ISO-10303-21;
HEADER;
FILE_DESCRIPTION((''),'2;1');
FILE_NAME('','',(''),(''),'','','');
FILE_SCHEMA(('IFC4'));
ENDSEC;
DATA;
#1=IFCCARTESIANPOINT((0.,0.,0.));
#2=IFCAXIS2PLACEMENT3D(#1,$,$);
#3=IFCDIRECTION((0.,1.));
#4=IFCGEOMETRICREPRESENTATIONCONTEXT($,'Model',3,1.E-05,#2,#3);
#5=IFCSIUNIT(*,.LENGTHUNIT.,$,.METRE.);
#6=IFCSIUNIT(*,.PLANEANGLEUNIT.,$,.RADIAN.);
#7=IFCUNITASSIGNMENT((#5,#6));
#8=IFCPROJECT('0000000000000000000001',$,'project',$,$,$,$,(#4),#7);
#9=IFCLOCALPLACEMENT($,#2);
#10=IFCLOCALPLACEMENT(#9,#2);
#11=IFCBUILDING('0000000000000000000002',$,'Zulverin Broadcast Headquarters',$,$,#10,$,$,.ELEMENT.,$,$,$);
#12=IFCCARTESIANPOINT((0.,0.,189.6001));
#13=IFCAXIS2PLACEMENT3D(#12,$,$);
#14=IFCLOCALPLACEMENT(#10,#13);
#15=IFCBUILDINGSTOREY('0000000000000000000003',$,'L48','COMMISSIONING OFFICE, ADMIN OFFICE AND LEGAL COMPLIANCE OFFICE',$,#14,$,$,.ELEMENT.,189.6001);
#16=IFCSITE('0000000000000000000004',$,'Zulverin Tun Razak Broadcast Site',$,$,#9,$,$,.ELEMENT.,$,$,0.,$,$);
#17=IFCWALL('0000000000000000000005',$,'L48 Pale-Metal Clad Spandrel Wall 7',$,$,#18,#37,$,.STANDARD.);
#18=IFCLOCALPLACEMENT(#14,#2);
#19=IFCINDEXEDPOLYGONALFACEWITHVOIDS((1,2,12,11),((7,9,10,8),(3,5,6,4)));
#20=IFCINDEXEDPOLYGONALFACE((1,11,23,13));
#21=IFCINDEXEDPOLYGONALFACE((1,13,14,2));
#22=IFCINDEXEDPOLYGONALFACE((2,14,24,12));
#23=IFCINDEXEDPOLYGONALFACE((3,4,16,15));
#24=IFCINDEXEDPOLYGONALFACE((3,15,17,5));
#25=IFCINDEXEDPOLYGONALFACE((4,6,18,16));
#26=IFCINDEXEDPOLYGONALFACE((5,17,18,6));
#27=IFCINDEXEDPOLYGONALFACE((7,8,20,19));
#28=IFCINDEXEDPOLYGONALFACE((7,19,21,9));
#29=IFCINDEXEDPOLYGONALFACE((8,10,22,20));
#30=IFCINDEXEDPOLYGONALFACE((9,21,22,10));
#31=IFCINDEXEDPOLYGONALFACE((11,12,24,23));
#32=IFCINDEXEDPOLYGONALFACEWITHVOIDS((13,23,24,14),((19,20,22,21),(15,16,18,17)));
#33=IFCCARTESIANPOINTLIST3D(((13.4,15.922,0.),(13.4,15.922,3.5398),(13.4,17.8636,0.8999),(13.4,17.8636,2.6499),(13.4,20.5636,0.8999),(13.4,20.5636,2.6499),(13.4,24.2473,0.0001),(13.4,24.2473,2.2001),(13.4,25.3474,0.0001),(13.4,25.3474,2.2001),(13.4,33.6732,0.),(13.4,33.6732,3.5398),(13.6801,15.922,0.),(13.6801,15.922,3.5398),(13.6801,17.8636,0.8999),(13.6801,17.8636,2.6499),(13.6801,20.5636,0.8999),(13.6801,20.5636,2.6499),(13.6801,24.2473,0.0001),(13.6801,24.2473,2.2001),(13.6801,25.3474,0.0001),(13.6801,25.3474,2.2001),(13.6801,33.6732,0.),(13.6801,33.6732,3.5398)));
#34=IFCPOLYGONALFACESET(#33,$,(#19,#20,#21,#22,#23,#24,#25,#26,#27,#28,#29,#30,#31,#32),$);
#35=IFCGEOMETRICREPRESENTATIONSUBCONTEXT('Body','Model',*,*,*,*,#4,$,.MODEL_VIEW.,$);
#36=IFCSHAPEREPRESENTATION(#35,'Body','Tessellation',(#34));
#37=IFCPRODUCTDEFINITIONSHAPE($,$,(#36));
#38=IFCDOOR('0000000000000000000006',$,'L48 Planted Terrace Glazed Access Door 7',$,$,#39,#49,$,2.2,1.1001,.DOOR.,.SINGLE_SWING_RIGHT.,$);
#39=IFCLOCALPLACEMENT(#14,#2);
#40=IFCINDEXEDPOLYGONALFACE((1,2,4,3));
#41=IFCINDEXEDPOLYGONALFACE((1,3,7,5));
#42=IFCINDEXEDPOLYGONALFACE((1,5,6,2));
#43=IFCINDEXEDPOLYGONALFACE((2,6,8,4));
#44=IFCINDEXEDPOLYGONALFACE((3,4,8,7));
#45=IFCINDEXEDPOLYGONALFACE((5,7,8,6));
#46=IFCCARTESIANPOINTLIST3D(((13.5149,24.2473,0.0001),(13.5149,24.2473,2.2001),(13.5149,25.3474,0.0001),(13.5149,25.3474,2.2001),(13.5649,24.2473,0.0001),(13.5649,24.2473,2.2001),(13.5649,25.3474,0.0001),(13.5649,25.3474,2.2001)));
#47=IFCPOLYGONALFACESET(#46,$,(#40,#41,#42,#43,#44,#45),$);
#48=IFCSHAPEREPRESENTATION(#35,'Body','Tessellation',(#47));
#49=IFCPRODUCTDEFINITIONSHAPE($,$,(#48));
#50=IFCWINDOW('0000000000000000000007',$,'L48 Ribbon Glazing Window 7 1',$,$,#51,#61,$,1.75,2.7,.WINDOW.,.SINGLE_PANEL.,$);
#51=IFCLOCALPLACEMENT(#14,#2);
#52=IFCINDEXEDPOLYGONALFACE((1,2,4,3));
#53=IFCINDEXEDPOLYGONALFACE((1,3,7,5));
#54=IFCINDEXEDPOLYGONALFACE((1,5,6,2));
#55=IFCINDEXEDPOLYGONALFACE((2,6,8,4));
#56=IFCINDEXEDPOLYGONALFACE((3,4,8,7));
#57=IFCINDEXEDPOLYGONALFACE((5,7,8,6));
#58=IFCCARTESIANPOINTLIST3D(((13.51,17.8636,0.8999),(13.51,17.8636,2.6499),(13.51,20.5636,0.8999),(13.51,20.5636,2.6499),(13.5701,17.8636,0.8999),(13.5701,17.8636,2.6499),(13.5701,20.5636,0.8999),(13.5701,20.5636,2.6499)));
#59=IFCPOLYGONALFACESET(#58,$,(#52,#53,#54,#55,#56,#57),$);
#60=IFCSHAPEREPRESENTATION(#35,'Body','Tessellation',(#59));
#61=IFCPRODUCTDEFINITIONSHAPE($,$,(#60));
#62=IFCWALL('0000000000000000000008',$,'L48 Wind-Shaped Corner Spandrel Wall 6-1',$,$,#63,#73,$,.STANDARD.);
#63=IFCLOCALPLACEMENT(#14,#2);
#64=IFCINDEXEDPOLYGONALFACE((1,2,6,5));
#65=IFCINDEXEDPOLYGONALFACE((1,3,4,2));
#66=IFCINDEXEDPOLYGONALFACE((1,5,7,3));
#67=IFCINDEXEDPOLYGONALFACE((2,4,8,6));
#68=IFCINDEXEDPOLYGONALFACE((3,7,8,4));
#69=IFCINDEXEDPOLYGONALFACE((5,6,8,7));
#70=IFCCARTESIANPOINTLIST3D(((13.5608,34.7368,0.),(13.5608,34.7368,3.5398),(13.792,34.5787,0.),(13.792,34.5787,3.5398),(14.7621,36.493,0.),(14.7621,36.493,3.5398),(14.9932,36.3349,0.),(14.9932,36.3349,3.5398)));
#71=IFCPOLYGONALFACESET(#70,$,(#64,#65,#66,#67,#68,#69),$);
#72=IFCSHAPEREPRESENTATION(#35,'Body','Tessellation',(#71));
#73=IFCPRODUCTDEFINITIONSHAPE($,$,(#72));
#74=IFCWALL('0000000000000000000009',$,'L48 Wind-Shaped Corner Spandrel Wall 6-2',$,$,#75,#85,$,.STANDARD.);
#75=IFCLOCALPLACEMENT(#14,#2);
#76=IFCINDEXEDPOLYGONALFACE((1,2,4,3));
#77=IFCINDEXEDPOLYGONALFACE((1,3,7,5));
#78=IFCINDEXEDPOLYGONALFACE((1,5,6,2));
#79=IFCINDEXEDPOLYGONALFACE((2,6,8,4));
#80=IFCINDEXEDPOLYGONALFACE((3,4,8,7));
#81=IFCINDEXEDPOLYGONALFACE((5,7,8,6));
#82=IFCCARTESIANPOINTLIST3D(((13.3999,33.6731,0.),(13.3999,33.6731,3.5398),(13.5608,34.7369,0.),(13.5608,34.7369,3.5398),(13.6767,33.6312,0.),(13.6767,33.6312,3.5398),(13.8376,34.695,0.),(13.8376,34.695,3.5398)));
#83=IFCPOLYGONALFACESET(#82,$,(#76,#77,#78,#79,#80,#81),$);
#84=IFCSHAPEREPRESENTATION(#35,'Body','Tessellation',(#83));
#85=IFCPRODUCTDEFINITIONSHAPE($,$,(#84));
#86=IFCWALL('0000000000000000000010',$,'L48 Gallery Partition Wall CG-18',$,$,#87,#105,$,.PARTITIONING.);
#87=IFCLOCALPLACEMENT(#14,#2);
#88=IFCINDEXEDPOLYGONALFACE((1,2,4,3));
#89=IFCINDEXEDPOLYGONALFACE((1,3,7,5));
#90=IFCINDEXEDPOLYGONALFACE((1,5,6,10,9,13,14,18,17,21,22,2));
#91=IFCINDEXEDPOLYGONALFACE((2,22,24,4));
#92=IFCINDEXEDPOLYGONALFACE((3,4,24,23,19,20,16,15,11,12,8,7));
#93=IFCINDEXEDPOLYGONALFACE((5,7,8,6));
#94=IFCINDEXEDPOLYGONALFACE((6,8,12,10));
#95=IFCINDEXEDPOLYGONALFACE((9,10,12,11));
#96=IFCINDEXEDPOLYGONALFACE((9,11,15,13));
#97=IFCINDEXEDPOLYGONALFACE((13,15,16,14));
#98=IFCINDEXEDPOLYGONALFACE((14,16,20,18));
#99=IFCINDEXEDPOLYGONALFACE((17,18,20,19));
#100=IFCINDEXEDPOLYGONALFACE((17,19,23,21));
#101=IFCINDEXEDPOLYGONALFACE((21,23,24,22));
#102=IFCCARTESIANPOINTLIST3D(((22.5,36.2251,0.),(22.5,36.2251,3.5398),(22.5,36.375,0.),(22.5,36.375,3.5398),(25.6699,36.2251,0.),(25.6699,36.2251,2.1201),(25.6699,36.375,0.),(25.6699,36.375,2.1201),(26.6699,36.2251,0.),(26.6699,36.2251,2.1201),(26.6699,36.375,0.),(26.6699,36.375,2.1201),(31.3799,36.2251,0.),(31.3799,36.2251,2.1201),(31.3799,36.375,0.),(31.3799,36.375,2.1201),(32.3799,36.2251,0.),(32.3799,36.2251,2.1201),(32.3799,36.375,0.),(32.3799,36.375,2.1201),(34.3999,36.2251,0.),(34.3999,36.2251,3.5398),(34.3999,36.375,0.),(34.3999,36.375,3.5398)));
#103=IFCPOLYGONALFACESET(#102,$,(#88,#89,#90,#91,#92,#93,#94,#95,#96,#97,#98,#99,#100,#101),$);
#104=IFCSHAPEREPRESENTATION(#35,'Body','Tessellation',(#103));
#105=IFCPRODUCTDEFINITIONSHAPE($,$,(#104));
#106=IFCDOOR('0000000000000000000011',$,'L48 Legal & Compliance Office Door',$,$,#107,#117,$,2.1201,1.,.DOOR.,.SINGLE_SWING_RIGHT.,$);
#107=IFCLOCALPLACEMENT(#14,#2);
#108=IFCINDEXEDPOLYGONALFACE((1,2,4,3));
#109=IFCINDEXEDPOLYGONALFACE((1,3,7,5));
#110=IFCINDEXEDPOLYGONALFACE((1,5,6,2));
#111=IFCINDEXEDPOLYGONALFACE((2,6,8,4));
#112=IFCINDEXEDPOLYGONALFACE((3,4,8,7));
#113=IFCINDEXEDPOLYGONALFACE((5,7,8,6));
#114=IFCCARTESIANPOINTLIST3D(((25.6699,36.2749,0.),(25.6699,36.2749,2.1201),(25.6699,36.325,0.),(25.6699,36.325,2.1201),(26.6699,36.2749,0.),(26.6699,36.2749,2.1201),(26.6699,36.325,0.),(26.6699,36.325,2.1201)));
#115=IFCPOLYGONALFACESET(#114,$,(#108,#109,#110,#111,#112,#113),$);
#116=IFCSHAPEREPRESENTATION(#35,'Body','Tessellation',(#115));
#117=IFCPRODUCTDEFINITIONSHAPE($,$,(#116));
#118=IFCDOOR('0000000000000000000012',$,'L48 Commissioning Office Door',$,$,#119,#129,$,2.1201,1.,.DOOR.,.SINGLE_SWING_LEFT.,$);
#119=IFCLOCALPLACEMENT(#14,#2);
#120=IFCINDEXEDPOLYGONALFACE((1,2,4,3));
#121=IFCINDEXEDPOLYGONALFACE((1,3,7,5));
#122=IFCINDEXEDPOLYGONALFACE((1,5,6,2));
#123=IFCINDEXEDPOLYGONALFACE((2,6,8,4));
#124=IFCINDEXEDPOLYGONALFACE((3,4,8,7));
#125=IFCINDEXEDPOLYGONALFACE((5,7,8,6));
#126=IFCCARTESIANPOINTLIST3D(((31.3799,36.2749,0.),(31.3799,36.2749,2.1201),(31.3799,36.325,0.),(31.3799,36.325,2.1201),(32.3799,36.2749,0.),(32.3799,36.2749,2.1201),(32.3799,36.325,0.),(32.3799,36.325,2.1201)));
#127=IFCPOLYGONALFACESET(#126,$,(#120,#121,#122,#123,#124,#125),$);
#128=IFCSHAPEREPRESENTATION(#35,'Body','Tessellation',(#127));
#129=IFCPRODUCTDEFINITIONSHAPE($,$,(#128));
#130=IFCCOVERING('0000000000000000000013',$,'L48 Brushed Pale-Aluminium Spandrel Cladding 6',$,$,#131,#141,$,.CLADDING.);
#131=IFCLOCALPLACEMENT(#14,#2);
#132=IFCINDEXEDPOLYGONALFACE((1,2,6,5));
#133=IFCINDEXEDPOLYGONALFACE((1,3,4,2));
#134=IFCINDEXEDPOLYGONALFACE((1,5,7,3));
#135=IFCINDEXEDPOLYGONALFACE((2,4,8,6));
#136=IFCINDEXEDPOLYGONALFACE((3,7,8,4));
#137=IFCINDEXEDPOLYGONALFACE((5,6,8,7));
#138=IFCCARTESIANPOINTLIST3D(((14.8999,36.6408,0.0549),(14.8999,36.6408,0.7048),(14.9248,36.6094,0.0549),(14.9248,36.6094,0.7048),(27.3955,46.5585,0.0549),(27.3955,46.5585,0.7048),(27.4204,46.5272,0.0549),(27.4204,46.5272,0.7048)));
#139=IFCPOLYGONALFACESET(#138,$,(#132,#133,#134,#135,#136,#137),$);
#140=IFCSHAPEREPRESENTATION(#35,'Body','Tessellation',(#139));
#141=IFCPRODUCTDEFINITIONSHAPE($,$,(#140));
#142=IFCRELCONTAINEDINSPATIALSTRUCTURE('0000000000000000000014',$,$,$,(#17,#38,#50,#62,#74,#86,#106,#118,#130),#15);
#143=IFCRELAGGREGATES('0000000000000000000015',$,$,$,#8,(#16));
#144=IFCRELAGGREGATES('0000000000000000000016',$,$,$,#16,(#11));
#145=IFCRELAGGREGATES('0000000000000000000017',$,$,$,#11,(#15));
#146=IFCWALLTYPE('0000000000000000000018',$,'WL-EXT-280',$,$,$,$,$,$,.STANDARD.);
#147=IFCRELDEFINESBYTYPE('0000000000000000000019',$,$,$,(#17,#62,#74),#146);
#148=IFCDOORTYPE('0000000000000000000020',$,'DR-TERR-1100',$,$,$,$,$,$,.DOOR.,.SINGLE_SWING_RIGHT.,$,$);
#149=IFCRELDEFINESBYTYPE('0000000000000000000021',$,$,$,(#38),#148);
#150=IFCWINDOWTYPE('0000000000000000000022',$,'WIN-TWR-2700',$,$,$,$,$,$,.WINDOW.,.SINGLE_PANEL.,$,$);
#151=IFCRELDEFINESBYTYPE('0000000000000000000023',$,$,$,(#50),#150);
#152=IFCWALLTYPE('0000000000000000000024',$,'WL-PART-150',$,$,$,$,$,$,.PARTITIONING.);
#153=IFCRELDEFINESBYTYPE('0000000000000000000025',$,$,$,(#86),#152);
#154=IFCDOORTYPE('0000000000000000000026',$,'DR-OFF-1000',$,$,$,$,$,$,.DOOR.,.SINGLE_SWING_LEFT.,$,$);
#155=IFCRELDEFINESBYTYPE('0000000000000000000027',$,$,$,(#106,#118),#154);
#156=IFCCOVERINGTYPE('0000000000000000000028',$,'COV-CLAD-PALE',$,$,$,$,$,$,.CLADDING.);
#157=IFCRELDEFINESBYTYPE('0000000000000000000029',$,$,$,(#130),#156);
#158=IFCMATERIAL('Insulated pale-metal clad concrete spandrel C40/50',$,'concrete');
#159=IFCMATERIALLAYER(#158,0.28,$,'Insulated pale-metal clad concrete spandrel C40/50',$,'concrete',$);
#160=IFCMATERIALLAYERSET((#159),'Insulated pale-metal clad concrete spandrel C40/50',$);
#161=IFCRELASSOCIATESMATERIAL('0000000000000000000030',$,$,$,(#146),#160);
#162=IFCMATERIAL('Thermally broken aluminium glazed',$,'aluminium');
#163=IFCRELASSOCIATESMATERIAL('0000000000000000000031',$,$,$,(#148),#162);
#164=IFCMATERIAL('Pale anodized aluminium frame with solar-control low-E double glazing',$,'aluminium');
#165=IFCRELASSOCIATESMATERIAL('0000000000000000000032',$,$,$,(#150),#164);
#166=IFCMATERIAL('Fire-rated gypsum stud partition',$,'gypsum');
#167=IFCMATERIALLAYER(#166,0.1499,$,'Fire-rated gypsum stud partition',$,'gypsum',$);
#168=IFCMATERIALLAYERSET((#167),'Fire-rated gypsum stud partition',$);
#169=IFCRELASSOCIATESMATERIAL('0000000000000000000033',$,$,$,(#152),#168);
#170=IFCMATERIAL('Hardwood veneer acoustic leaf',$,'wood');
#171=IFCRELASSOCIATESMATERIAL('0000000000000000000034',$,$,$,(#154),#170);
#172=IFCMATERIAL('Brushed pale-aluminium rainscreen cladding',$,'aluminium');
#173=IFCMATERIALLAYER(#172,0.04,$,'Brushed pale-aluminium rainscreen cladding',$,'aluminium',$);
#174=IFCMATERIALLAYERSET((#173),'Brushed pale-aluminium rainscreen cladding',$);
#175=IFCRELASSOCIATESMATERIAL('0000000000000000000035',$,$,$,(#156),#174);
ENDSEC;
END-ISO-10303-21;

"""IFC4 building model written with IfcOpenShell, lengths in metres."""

from ifc_helpers import new_model, si_unit, direction, frame, frame_2d, origin, origin_2d, place, context, subcontext, project, spatial, rectangle, extrude, material, layer, layer_set, type_object, element, fill, save


model = new_model("IFC4")

# Units and contexts
model_context = context("Model", 3, precision=1e-05, world=origin(), true_north=direction((0.0, 1.0)))
body_context = subcontext(model_context, "Body", "Model", "MODEL_VIEW")
ifc_project = project(units=[si_unit("LENGTHUNIT", "METRE"), si_unit("PLANEANGLEUNIT", "RADIAN")], contexts=[model_context])

# Site, building, storey
site_placement = place(None, origin())
site = spatial("IfcSite", under=ifc_project, at=site_placement, Name="Zulverin Tun Razak Broadcast Site", CompositionType="ELEMENT", RefElevation=0.0)
building_placement = place(site_placement, origin())
building = spatial("IfcBuilding", under=site, at=building_placement, Name="Zulverin Broadcast Headquarters", CompositionType="ELEMENT")
storey_placement = place(building_placement, frame((0.0, 0.0, 189.6001)))
storey = spatial("IfcBuildingStorey", under=building, at=storey_placement, Name="L48", Description="COMMISSIONING OFFICE, ADMIN OFFICE AND LEGAL COMPLIANCE OFFICE", CompositionType="ELEMENT", Elevation=189.6001)

# Wall, openings, door, window
ifc_material_1 = material(Name="Insulated pale-metal clad concrete spandrel C40/50", Category="concrete")
ifc_layer_1 = layer(ifc_material_1, 0.28, Name="Insulated pale-metal clad concrete spandrel C40/50", Category="concrete")
ifc_layer_set_1 = layer_set([ifc_layer_1], Name="Insulated pale-metal clad concrete spandrel C40/50")
wall_type_1 = type_object("IfcWallType", Name="WL-EXT-280", PredefinedType="STANDARD", material=ifc_layer_set_1)
wall_1_placement = place(storey_placement, frame((13.54, 33.6731, 0.0), z_axis=(0.0, 0.0, 1.0), x_axis=(0.0, -1.0, 0.0)))
wall_1 = element("IfcWall", 1, at=wall_1_placement, inside=storey, type_object=wall_type_1, Name="L48 Pale-Metal Clad Spandrel Wall 7", PredefinedType="STANDARD", context=body_context, shape_type="SweptSolid", body=[
    extrude(rectangle(XDim=17.7512, YDim=0.28, at=frame_2d((8.8755, 0.0))), origin(), (0.0, 0.0, 1.0), 3.5398),
])
opening_1_placement = place(wall_1_placement, frame((8.3257, 0.0, 0.0)))
opening_1 = element("IfcOpeningElement", 2, at=opening_1_placement, cuts=wall_1, PredefinedType="OPENING", context=body_context, shape_type="SweptSolid", body=[
    extrude(rectangle(XDim=1.1001, YDim=2.2, at=frame_2d((0.55, 1.1001))), frame((0.0, 0.1499, 0.0), z_axis=(0.0, -1.0, 0.0), x_axis=(1.0, 0.0, 0.0)), (0.0, 0.0, 1.0), 0.3),
])
opening_2_placement = place(wall_1_placement, frame((13.1094, 0.0, 0.8999)))
opening_2 = element("IfcOpeningElement", 3, at=opening_2_placement, cuts=wall_1, PredefinedType="OPENING", context=body_context, shape_type="SweptSolid", body=[
    extrude(rectangle(XDim=2.7, YDim=1.75, at=frame_2d((1.3501, 0.875))), frame((0.0, 0.1499, 0.0), z_axis=(0.0, -1.0, 0.0), x_axis=(1.0, 0.0, 0.0)), (0.0, 0.0, 1.0), 0.3),
])
ifc_material_2 = material(Name="Thermally broken aluminium glazed", Category="aluminium")
door_type_1 = type_object("IfcDoorType", Name="DR-TERR-1100", OperationType="SINGLE_SWING_RIGHT", PredefinedType="DOOR", material=ifc_material_2)
door_1_placement = place(opening_1_placement, origin())
door_1 = element("IfcDoor", 4, at=door_1_placement, inside=storey, type_object=door_type_1, Name="L48 Planted Terrace Glazed Access Door 7", OperationType="SINGLE_SWING_RIGHT", OverallHeight=2.2, OverallWidth=1.1001, PredefinedType="DOOR", context=body_context, shape_type="SweptSolid", body=[
    extrude(rectangle(XDim=1.1001, YDim=2.2, at=frame_2d((0.55, 1.1001))), frame((0.0, 0.0249, 0.0), z_axis=(0.0, -1.0, 0.0), x_axis=(1.0, 0.0, 0.0)), (0.0, 0.0, 1.0), 0.05),
])
fill(opening_1, door_1)
ifc_material_3 = material(Name="Pale anodized aluminium frame with solar-control low-E double glazing", Category="aluminium")
window_type = type_object("IfcWindowType", Name="WIN-TWR-2700", PartitioningType="SINGLE_PANEL", PredefinedType="WINDOW", material=ifc_material_3)
window_placement = place(opening_2_placement, origin())
window = element("IfcWindow", 5, at=window_placement, inside=storey, type_object=window_type, Name="L48 Ribbon Glazing Window 7 1", OverallHeight=1.75, OverallWidth=2.7, PartitioningType="SINGLE_PANEL", PredefinedType="WINDOW", context=body_context, shape_type="SweptSolid", body=[
    extrude(rectangle(XDim=2.7, YDim=1.75, at=frame_2d((1.3501, 0.875))), frame((0.0, 0.03, 0.0), z_axis=(0.0, -1.0, 0.0), x_axis=(1.0, 0.0, 0.0)), (0.0, 0.0, 1.0), 0.0601),
])
fill(opening_2, window)

# Walls
wall_2_placement = place(storey_placement, frame((14.8777, 36.4141, 0.0), z_axis=(0.0, 0.0, 1.0), x_axis=(-0.564565, -0.825389, 0.0)))
element("IfcWall", 6, at=wall_2_placement, inside=storey, type_object=wall_type_1, Name="L48 Wind-Shaped Corner Spandrel Wall 6-1", PredefinedType="STANDARD", context=body_context, shape_type="SweptSolid", body=[
    extrude(rectangle(XDim=2.1277, YDim=0.28, at=frame_2d((1.064, 0.0))), origin(), (0.0, 0.0, 1.0), 3.5398),
])
wall_3_placement = place(storey_placement, frame((13.6992, 34.7161, 0.0), z_axis=(0.0, 0.0, 1.0), x_axis=(-0.14955, -0.988754, 0.0)))
element("IfcWall", 7, at=wall_3_placement, inside=storey, type_object=wall_type_1, Name="L48 Wind-Shaped Corner Spandrel Wall 6-2", PredefinedType="STANDARD", context=body_context, shape_type="SweptSolid", body=[
    extrude(rectangle(XDim=1.0759, YDim=0.28, at=frame_2d((0.5381, 0.0))), origin(), (0.0, 0.0, 1.0), 3.5398),
])

# Wall, openings, doors
ifc_material_4 = material(Name="Fire-rated gypsum stud partition", Category="gypsum")
ifc_layer_2 = layer(ifc_material_4, 0.1499, Name="Fire-rated gypsum stud partition", Category="gypsum")
ifc_layer_set_2 = layer_set([ifc_layer_2], Name="Fire-rated gypsum stud partition")
wall_type_2 = type_object("IfcWallType", Name="WL-PART-150", PredefinedType="PARTITIONING", material=ifc_layer_set_2)
wall_4_placement = place(storey_placement, frame((22.5, 36.3, 0.0), z_axis=(0.0, 0.0, 1.0), x_axis=(1.0, 0.0, 0.0)))
wall_4 = element("IfcWall", 8, at=wall_4_placement, inside=storey, type_object=wall_type_2, Name="L48 Gallery Partition Wall CG-18", PredefinedType="PARTITIONING", context=body_context, shape_type="SweptSolid", body=[
    extrude(rectangle(XDim=11.8999, YDim=0.1499, at=frame_2d((5.95, 0.0))), origin(), (0.0, 0.0, 1.0), 3.5398),
])
opening_3_placement = place(wall_4_placement, frame((3.1699, 0.0, 0.0)))
opening_3 = element("IfcOpeningElement", 9, at=opening_3_placement, cuts=wall_4, PredefinedType="OPENING", context=body_context, shape_type="SweptSolid", body=[
    extrude(rectangle(XDim=1.0, YDim=2.1201, at=frame_2d((0.5, 1.0601))), frame((0.0, 0.085, 0.0), z_axis=(0.0, -1.0, 0.0), x_axis=(1.0, 0.0, 0.0)), (0.0, 0.0, 1.0), 0.1699),
])
opening_4_placement = place(wall_4_placement, frame((8.8799, 0.0, 0.0)))
opening_4 = element("IfcOpeningElement", 10, at=opening_4_placement, cuts=wall_4, PredefinedType="OPENING", context=body_context, shape_type="SweptSolid", body=[
    extrude(rectangle(XDim=1.0, YDim=2.1201, at=frame_2d((0.5, 1.0601))), frame((0.0, 0.085, 0.0), z_axis=(0.0, -1.0, 0.0), x_axis=(1.0, 0.0, 0.0)), (0.0, 0.0, 1.0), 0.1699),
])
ifc_material_5 = material(Name="Hardwood veneer acoustic leaf", Category="wood")
door_type_2 = type_object("IfcDoorType", Name="DR-OFF-1000", OperationType="SINGLE_SWING_LEFT", PredefinedType="DOOR", material=ifc_material_5)
door_2_placement = place(opening_3_placement, origin())
door_2 = element("IfcDoor", 11, at=door_2_placement, inside=storey, type_object=door_type_2, Name="L48 Legal & Compliance Office Door", OperationType="SINGLE_SWING_RIGHT", OverallHeight=2.1201, OverallWidth=1.0, PredefinedType="DOOR", context=body_context, shape_type="SweptSolid", body=[
    extrude(rectangle(XDim=1.0, YDim=2.1201, at=frame_2d((0.5, 1.0601))), frame((0.0, 0.0249, 0.0), z_axis=(0.0, -1.0, 0.0), x_axis=(1.0, 0.0, 0.0)), (0.0, 0.0, 1.0), 0.05),
])
fill(opening_3, door_2)
door_3_placement = place(opening_4_placement, origin())
door_3 = element("IfcDoor", 12, at=door_3_placement, inside=storey, type_object=door_type_2, Name="L48 Commissioning Office Door", OperationType="SINGLE_SWING_LEFT", OverallHeight=2.1201, OverallWidth=1.0, PredefinedType="DOOR", context=body_context, shape_type="SweptSolid", body=[
    extrude(rectangle(XDim=1.0, YDim=2.1201, at=frame_2d((0.5, 1.0601))), frame((0.0, 0.0249, 0.0), z_axis=(0.0, -1.0, 0.0), x_axis=(1.0, 0.0, 0.0)), (0.0, 0.0, 1.0), 0.05),
])
fill(opening_4, door_3)

# Covering
ifc_material_6 = material(Name="Brushed pale-aluminium rainscreen cladding", Category="aluminium")
ifc_layer_3 = layer(ifc_material_6, 0.04, Name="Brushed pale-aluminium rainscreen cladding", Category="aluminium")
ifc_layer_set_3 = layer_set([ifc_layer_3], Name="Brushed pale-aluminium rainscreen cladding")
covering_type = type_object("IfcCoveringType", Name="COV-CLAD-PALE", PredefinedType="CLADDING", material=ifc_layer_set_3)
covering_placement = place(storey_placement, frame((21.1602, 41.584, 0.0549), z_axis=(0.0, 0.0, 1.0), x_axis=(-0.78327, -0.621681, 0.0)))
element("IfcCovering", 13, at=covering_placement, inside=storey, type_object=covering_type, Name="L48 Brushed Pale-Aluminium Spandrel Cladding 6", PredefinedType="CLADDING", context=body_context, shape_type="SweptSolid", body=[
    extrude(rectangle(XDim=15.9531, YDim=0.04, at=origin_2d()), origin(), (0.0, 0.0, 1.0), 0.6499),
])

save(model, "model.ifc")
